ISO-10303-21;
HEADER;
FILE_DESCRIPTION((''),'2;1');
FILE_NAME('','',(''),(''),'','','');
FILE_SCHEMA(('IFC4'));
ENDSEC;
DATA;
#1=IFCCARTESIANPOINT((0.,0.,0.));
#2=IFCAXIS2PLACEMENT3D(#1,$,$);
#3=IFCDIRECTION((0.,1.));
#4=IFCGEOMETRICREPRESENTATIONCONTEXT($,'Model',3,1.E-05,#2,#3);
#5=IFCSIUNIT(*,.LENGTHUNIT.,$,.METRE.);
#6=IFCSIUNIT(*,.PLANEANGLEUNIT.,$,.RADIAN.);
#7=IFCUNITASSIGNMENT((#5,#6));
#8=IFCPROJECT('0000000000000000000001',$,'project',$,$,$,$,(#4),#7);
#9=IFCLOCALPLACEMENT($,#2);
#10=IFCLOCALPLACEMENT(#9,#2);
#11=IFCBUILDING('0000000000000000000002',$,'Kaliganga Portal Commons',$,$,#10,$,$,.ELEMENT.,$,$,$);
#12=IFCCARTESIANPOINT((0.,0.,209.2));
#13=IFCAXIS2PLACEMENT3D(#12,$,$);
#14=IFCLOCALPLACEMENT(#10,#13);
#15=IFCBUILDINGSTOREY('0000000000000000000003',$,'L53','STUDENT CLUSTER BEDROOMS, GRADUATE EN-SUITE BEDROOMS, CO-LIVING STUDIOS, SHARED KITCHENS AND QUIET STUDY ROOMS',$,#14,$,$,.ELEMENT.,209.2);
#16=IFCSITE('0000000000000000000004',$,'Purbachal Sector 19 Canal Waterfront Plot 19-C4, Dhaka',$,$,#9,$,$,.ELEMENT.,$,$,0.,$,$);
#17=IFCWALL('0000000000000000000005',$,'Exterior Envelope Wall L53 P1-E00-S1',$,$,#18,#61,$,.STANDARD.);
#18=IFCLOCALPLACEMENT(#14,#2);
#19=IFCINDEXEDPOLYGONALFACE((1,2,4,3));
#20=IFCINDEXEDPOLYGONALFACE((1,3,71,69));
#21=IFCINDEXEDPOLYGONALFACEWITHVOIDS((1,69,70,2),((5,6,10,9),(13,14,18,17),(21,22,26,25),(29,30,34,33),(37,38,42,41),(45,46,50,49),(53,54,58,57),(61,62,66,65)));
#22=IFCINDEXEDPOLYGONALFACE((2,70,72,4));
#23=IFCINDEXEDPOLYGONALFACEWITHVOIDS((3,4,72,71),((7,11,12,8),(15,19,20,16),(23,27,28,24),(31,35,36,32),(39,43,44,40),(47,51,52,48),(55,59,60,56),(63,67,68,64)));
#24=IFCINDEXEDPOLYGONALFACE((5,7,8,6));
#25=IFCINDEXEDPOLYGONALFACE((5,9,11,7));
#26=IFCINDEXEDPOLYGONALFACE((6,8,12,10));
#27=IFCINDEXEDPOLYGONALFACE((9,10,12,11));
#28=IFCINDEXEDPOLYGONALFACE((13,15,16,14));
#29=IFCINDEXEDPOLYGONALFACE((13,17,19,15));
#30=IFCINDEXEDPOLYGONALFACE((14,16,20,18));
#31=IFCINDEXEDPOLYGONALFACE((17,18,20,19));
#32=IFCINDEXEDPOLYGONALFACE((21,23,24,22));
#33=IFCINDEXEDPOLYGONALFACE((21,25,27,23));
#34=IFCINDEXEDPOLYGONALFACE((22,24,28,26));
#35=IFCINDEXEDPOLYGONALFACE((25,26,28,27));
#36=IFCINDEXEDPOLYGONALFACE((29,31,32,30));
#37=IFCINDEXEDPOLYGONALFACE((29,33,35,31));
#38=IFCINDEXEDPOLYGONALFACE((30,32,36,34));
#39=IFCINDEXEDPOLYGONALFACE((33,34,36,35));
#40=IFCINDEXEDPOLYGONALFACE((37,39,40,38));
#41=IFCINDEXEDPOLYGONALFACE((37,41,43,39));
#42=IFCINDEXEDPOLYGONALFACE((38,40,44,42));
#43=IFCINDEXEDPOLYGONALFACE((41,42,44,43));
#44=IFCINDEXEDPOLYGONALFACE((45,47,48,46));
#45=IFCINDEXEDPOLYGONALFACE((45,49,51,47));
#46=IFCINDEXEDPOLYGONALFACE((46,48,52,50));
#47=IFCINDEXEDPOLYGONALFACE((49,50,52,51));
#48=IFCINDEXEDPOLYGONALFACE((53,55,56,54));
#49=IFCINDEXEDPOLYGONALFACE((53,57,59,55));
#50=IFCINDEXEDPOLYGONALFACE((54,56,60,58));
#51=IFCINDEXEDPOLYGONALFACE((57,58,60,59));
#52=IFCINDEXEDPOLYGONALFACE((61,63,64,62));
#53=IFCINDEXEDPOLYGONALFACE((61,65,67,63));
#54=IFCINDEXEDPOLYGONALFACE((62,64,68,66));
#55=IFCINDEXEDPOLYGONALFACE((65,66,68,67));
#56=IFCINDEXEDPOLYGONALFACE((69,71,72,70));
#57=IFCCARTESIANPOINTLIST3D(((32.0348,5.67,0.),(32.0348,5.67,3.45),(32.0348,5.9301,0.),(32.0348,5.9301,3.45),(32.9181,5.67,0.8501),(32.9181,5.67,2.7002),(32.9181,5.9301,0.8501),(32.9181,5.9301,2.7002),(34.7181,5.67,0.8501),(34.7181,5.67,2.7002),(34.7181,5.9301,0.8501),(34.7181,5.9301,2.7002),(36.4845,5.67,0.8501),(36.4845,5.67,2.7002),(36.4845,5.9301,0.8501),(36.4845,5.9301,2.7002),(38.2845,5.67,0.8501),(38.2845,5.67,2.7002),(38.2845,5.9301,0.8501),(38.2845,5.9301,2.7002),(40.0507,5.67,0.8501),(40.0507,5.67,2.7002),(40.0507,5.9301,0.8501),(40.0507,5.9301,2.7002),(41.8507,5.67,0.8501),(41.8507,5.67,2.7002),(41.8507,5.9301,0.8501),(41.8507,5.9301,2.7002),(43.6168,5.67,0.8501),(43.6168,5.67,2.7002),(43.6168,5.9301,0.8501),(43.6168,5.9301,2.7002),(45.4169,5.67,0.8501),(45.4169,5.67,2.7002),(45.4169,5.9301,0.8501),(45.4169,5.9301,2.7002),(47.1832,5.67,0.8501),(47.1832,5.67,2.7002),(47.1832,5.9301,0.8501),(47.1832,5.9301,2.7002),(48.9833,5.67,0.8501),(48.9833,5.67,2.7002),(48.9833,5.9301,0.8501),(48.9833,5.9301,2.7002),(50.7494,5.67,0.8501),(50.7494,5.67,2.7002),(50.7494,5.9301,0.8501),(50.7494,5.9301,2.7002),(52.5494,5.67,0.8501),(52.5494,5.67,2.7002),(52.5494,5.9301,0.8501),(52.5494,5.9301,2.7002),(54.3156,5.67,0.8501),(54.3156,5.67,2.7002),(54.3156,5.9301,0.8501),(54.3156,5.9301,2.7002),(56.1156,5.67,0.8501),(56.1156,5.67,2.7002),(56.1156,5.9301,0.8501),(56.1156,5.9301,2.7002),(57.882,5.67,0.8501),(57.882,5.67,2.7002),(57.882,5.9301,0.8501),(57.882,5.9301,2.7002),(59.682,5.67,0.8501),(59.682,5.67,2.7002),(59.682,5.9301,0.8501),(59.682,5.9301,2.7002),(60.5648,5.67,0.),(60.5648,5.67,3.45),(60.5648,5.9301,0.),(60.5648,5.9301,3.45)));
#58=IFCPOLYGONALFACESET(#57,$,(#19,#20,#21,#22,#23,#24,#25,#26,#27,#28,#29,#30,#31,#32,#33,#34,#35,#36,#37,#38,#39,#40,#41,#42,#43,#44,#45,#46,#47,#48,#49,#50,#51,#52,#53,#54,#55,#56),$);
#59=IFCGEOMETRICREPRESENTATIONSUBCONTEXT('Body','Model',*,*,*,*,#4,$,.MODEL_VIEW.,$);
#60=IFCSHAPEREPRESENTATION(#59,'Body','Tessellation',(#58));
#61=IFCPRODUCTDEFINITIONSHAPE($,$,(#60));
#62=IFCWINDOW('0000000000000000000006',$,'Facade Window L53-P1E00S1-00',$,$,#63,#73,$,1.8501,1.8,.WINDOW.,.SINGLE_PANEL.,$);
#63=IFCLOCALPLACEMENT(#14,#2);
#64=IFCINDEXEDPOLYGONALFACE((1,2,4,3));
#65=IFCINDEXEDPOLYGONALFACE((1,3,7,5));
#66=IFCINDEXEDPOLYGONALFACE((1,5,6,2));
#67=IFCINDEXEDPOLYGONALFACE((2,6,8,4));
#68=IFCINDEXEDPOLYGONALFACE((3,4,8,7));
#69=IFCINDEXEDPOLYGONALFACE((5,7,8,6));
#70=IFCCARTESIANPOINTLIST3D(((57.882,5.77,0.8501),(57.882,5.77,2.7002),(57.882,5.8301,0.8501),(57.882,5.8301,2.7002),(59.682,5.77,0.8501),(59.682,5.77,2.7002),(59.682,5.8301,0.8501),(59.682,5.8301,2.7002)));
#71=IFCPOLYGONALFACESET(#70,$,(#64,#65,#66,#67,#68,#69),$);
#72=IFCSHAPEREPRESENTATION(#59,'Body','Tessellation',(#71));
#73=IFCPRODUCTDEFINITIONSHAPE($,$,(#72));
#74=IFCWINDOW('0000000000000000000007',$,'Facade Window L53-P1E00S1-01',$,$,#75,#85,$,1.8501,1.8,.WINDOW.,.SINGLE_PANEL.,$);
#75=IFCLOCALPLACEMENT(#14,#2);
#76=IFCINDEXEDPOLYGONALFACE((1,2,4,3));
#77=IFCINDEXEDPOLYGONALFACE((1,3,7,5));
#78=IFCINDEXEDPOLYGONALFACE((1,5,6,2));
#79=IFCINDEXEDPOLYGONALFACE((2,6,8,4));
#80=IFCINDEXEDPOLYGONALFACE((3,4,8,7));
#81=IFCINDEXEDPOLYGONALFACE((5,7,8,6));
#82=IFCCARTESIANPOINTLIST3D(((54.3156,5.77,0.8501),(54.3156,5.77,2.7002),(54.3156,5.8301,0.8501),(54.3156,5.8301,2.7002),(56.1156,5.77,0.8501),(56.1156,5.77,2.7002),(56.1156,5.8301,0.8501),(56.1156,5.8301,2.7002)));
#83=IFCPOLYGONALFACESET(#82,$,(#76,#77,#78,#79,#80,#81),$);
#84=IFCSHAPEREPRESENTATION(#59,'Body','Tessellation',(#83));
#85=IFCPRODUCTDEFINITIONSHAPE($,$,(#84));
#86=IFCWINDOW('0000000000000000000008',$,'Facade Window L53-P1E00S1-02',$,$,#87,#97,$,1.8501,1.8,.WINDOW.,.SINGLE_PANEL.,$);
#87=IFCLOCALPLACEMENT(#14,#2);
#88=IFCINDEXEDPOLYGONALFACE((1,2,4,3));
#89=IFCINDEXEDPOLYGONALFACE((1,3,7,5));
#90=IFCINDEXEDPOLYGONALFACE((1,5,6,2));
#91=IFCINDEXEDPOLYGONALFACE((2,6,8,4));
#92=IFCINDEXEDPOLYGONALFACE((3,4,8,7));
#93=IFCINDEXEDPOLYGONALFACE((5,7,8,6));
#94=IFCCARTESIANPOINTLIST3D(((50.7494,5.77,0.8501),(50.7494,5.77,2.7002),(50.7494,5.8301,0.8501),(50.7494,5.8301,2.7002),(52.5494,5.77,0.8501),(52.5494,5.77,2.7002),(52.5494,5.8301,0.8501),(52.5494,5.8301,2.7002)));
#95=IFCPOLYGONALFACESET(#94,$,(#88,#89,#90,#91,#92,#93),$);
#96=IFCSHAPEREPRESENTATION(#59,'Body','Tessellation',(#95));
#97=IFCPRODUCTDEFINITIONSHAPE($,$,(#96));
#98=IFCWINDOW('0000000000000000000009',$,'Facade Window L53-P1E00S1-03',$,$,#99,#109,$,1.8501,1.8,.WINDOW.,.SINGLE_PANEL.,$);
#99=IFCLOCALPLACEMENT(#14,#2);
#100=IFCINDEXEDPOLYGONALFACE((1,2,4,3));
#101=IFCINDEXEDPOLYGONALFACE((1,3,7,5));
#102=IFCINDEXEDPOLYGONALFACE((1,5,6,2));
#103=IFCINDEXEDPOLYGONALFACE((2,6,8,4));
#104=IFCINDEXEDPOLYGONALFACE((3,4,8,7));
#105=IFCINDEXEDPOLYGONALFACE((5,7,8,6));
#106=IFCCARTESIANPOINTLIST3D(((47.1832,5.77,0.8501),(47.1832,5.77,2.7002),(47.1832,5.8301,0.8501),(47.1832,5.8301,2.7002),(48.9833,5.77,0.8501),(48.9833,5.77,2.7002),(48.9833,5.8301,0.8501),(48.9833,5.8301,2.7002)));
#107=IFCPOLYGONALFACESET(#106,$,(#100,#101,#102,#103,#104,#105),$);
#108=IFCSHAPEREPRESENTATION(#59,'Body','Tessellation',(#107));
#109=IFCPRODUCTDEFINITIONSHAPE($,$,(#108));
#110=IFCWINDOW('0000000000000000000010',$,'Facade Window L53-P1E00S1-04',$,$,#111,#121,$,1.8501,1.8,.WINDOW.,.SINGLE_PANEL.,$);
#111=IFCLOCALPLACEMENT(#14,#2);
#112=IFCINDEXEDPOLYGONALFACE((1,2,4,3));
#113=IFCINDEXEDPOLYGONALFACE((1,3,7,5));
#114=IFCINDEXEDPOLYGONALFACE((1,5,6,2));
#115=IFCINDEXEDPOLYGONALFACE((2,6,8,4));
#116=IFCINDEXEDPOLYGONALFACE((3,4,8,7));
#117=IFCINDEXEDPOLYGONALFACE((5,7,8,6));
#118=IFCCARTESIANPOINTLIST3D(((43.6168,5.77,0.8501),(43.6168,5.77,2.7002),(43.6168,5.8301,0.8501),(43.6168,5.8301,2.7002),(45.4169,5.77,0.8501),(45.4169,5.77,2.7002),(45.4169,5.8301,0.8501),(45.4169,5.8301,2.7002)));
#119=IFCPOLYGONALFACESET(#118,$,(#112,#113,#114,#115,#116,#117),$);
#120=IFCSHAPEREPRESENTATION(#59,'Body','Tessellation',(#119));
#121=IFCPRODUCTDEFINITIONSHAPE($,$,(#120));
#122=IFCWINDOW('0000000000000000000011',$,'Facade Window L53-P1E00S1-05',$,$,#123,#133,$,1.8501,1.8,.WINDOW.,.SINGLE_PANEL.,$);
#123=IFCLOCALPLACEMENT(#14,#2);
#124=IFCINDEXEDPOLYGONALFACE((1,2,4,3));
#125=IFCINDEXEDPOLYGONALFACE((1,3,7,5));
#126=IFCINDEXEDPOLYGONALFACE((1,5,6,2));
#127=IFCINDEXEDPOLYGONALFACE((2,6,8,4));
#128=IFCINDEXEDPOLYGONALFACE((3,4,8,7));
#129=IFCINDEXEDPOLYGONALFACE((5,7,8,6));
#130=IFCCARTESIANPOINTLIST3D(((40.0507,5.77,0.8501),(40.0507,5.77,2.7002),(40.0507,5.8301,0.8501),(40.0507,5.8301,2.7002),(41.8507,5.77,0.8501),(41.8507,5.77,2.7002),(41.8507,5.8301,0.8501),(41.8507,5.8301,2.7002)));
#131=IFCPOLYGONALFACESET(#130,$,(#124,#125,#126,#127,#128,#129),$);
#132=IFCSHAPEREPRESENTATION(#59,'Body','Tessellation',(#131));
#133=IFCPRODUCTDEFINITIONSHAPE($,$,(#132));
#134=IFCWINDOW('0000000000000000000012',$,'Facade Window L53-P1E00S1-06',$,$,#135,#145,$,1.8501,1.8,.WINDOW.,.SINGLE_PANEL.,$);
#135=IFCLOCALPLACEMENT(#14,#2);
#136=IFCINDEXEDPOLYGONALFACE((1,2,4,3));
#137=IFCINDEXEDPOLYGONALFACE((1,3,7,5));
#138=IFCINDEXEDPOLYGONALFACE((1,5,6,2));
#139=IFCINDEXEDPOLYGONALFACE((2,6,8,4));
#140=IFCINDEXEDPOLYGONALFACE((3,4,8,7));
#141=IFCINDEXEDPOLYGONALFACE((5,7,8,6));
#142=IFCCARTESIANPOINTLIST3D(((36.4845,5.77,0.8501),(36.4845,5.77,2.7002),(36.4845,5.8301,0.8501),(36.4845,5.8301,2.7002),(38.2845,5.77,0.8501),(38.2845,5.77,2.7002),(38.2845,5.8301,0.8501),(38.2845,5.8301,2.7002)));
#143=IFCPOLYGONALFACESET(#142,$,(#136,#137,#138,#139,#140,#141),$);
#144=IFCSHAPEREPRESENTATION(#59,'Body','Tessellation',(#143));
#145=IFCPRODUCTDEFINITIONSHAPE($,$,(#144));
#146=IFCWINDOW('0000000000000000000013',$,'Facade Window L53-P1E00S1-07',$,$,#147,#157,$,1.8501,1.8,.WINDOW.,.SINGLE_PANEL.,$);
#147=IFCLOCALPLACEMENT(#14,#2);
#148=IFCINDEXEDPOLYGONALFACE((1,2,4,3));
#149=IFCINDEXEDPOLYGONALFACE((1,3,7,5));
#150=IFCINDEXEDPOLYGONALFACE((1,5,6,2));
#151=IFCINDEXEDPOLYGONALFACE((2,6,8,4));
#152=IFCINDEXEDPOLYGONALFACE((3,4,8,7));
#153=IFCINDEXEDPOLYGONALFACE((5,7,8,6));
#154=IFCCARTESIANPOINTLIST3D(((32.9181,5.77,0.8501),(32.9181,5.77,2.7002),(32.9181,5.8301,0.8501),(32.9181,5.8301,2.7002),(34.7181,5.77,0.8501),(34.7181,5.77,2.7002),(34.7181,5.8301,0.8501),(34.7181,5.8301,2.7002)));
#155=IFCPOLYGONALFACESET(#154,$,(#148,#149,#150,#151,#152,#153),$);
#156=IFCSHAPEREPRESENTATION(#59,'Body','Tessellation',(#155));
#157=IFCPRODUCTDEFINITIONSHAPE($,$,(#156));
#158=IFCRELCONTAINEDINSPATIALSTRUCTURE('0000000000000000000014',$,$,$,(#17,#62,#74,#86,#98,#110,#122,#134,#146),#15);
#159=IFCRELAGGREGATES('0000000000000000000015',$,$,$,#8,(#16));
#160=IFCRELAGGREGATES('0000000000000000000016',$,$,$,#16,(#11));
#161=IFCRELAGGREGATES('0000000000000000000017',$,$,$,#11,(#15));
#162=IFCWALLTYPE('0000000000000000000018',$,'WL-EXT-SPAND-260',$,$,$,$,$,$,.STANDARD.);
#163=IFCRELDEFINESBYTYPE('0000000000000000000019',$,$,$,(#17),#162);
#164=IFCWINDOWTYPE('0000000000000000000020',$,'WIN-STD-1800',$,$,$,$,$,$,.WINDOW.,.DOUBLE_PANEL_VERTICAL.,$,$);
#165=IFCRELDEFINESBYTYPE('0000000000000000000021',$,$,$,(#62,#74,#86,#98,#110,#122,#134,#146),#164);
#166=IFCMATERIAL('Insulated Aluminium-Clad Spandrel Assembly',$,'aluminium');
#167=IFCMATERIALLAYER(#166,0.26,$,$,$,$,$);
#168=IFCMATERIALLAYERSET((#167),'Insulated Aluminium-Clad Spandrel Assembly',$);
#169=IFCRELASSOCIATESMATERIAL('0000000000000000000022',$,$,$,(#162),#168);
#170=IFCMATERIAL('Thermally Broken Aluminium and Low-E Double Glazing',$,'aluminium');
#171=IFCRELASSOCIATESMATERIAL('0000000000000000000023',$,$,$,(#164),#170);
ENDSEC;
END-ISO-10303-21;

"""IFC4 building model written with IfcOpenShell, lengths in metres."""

from ifc_helpers import new_model, si_unit, direction, frame, frame_2d, origin, place, context, subcontext, project, spatial, rectangle, extrude, material, layer, layer_set, type_object, element, fill, save


model = new_model("IFC4")

# Units and contexts
model_context = context("Model", 3, precision=1e-05, world=origin(), true_north=direction((0.0, 1.0)))
body_context = subcontext(model_context, "Body", "Model", "MODEL_VIEW")
ifc_project = project(units=[si_unit("LENGTHUNIT", "METRE"), si_unit("PLANEANGLEUNIT", "RADIAN")], contexts=[model_context])

# Site, building, storey
site_placement = place(None, origin())
site = spatial("IfcSite", under=ifc_project, at=site_placement, Name="Purbachal Sector 19 Canal Waterfront Plot 19-C4, Dhaka", CompositionType="ELEMENT", RefElevation=0.0)
building_placement = place(site_placement, origin())
building = spatial("IfcBuilding", under=site, at=building_placement, Name="Kaliganga Portal Commons", CompositionType="ELEMENT")
storey_placement = place(building_placement, frame((0.0, 0.0, 209.2)))
storey = spatial("IfcBuildingStorey", under=building, at=storey_placement, Name="L53", Description="STUDENT CLUSTER BEDROOMS, GRADUATE EN-SUITE BEDROOMS, CO-LIVING STUDIOS, SHARED KITCHENS AND QUIET STUDY ROOMS", CompositionType="ELEMENT", Elevation=209.2)

# Wall, openings, windows
ifc_material_1 = material(Name="Insulated Aluminium-Clad Spandrel Assembly", Category="aluminium")
ifc_layer_1 = layer(ifc_material_1, 0.26)
ifc_layer_set_1 = layer_set([ifc_layer_1], Name="Insulated Aluminium-Clad Spandrel Assembly")
wall_type_1 = type_object("IfcWallType", Name="WL-EXT-SPAND-260", PredefinedType="STANDARD", material=ifc_layer_set_1)
wall_1_placement = place(storey_placement, frame((60.5649, 5.8, 0.0), z_axis=(0.0, 0.0, 1.0), x_axis=(-1.0, 0.0, 0.0)))
wall_1 = element("IfcWall", 1, at=wall_1_placement, inside=storey, type_object=wall_type_1, Name="Exterior Envelope Wall L53 P1-E00-S1", PredefinedType="STANDARD", context=body_context, shape_type="SweptSolid", body=[
    extrude(rectangle(XDim=28.53, YDim=0.26, at=frame_2d((14.2651, 0.0))), origin(), (0.0, 0.0, 1.0), 3.45),
])
opening_1_placement = place(wall_1_placement, frame((0.8831, 0.0, 0.8501)))
opening_1 = element("IfcOpeningElement", 2, at=opening_1_placement, cuts=wall_1, PredefinedType="OPENING", context=body_context, shape_type="SweptSolid", body=[
    extrude(rectangle(XDim=1.8, YDim=1.8501, at=frame_2d((0.8999, 0.925))), frame((0.0, 0.1401, 0.0), z_axis=(0.0, -1.0, 0.0), x_axis=(1.0, 0.0, 0.0)), (0.0, 0.0, 1.0), 0.28),
])
opening_2_placement = place(wall_1_placement, frame((4.4495, 0.0, 0.8501)))
opening_2 = element("IfcOpeningElement", 3, at=opening_2_placement, cuts=wall_1, PredefinedType="OPENING", context=body_context, shape_type="SweptSolid", body=[
    extrude(rectangle(XDim=1.8, YDim=1.8501, at=frame_2d((0.8999, 0.925))), frame((0.0, 0.1401, 0.0), z_axis=(0.0, -1.0, 0.0), x_axis=(1.0, 0.0, 0.0)), (0.0, 0.0, 1.0), 0.28),
])
opening_3_placement = place(wall_1_placement, frame((8.0156, 0.0, 0.8501)))
opening_3 = element("IfcOpeningElement", 4, at=opening_3_placement, cuts=wall_1, PredefinedType="OPENING", context=body_context, shape_type="SweptSolid", body=[
    extrude(rectangle(XDim=1.8, YDim=1.8501, at=frame_2d((0.8999, 0.925))), frame((0.0, 0.1401, 0.0), z_axis=(0.0, -1.0, 0.0), x_axis=(1.0, 0.0, 0.0)), (0.0, 0.0, 1.0), 0.28),
])
opening_4_placement = place(wall_1_placement, frame((11.5818, 0.0, 0.8501)))
opening_4 = element("IfcOpeningElement", 5, at=opening_4_placement, cuts=wall_1, PredefinedType="OPENING", context=body_context, shape_type="SweptSolid", body=[
    extrude(rectangle(XDim=1.8, YDim=1.8501, at=frame_2d((0.8999, 0.925))), frame((0.0, 0.1401, 0.0), z_axis=(0.0, -1.0, 0.0), x_axis=(1.0, 0.0, 0.0)), (0.0, 0.0, 1.0), 0.28),
])
opening_5_placement = place(wall_1_placement, frame((15.1482, 0.0, 0.8501)))
opening_5 = element("IfcOpeningElement", 6, at=opening_5_placement, cuts=wall_1, PredefinedType="OPENING", context=body_context, shape_type="SweptSolid", body=[
    extrude(rectangle(XDim=1.8, YDim=1.8501, at=frame_2d((0.8999, 0.925))), frame((0.0, 0.1401, 0.0), z_axis=(0.0, -1.0, 0.0), x_axis=(1.0, 0.0, 0.0)), (0.0, 0.0, 1.0), 0.28),
])
opening_6_placement = place(wall_1_placement, frame((18.7144, 0.0, 0.8501)))
opening_6 = element("IfcOpeningElement", 7, at=opening_6_placement, cuts=wall_1, PredefinedType="OPENING", context=body_context, shape_type="SweptSolid", body=[
    extrude(rectangle(XDim=1.8, YDim=1.8501, at=frame_2d((0.8999, 0.925))), frame((0.0, 0.1401, 0.0), z_axis=(0.0, -1.0, 0.0), x_axis=(1.0, 0.0, 0.0)), (0.0, 0.0, 1.0), 0.28),
])
opening_7_placement = place(wall_1_placement, frame((22.2805, 0.0, 0.8501)))
opening_7 = element("IfcOpeningElement", 8, at=opening_7_placement, cuts=wall_1, PredefinedType="OPENING", context=body_context, shape_type="SweptSolid", body=[
    extrude(rectangle(XDim=1.8, YDim=1.8501, at=frame_2d((0.8999, 0.925))), frame((0.0, 0.1401, 0.0), z_axis=(0.0, -1.0, 0.0), x_axis=(1.0, 0.0, 0.0)), (0.0, 0.0, 1.0), 0.28),
])
opening_8_placement = place(wall_1_placement, frame((25.8469, 0.0, 0.8501)))
opening_8 = element("IfcOpeningElement", 9, at=opening_8_placement, cuts=wall_1, PredefinedType="OPENING", context=body_context, shape_type="SweptSolid", body=[
    extrude(rectangle(XDim=1.8, YDim=1.8501, at=frame_2d((0.8999, 0.925))), frame((0.0, 0.1401, 0.0), z_axis=(0.0, -1.0, 0.0), x_axis=(1.0, 0.0, 0.0)), (0.0, 0.0, 1.0), 0.28),
])
ifc_material_2 = material(Name="Thermally Broken Aluminium and Low-E Double Glazing", Category="aluminium")
window_type = type_object("IfcWindowType", Name="WIN-STD-1800", PartitioningType="DOUBLE_PANEL_VERTICAL", PredefinedType="WINDOW", material=ifc_material_2)
window_1_placement = place(opening_1_placement, origin())
window_1 = element("IfcWindow", 10, at=window_1_placement, inside=storey, type_object=window_type, Name="Facade Window L53-P1E00S1-00", OverallHeight=1.8501, OverallWidth=1.8, PartitioningType="SINGLE_PANEL", PredefinedType="WINDOW", context=body_context, shape_type="SweptSolid", body=[
    extrude(rectangle(XDim=1.8, YDim=1.8501, at=frame_2d((0.8999, 0.925))), frame((0.0, 0.03, 0.0), z_axis=(0.0, -1.0, 0.0), x_axis=(1.0, 0.0, 0.0)), (0.0, 0.0, 1.0), 0.0601),
])
fill(opening_1, window_1)
window_2_placement = place(opening_2_placement, origin())
window_2 = element("IfcWindow", 11, at=window_2_placement, inside=storey, type_object=window_type, Name="Facade Window L53-P1E00S1-01", OverallHeight=1.8501, OverallWidth=1.8, PartitioningType="SINGLE_PANEL", PredefinedType="WINDOW", context=body_context, shape_type="SweptSolid", body=[
    extrude(rectangle(XDim=1.8, YDim=1.8501, at=frame_2d((0.8999, 0.925))), frame((0.0, 0.03, 0.0), z_axis=(0.0, -1.0, 0.0), x_axis=(1.0, 0.0, 0.0)), (0.0, 0.0, 1.0), 0.0601),
])
fill(opening_2, window_2)
window_3_placement = place(opening_3_placement, origin())
window_3 = element("IfcWindow", 12, at=window_3_placement, inside=storey, type_object=window_type, Name="Facade Window L53-P1E00S1-02", OverallHeight=1.8501, OverallWidth=1.8, PartitioningType="SINGLE_PANEL", PredefinedType="WINDOW", context=body_context, shape_type="SweptSolid", body=[
    extrude(rectangle(XDim=1.8, YDim=1.8501, at=frame_2d((0.8999, 0.925))), frame((0.0, 0.03, 0.0), z_axis=(0.0, -1.0, 0.0), x_axis=(1.0, 0.0, 0.0)), (0.0, 0.0, 1.0), 0.0601),
])
fill(opening_3, window_3)
window_4_placement = place(opening_4_placement, origin())
window_4 = element("IfcWindow", 13, at=window_4_placement, inside=storey, type_object=window_type, Name="Facade Window L53-P1E00S1-03", OverallHeight=1.8501, OverallWidth=1.8, PartitioningType="SINGLE_PANEL", PredefinedType="WINDOW", context=body_context, shape_type="SweptSolid", body=[
    extrude(rectangle(XDim=1.8, YDim=1.8501, at=frame_2d((0.8999, 0.925))), frame((0.0, 0.03, 0.0), z_axis=(0.0, -1.0, 0.0), x_axis=(1.0, 0.0, 0.0)), (0.0, 0.0, 1.0), 0.0601),
])
fill(opening_4, window_4)
window_5_placement = place(opening_5_placement, origin())
window_5 = element("IfcWindow", 14, at=window_5_placement, inside=storey, type_object=window_type, Name="Facade Window L53-P1E00S1-04", OverallHeight=1.8501, OverallWidth=1.8, PartitioningType="SINGLE_PANEL", PredefinedType="WINDOW", context=body_context, shape_type="SweptSolid", body=[
    extrude(rectangle(XDim=1.8, YDim=1.8501, at=frame_2d((0.8999, 0.925))), frame((0.0, 0.03, 0.0), z_axis=(0.0, -1.0, 0.0), x_axis=(1.0, 0.0, 0.0)), (0.0, 0.0, 1.0), 0.0601),
])
fill(opening_5, window_5)
window_6_placement = place(opening_6_placement, origin())
window_6 = element("IfcWindow", 15, at=window_6_placement, inside=storey, type_object=window_type, Name="Facade Window L53-P1E00S1-05", OverallHeight=1.8501, OverallWidth=1.8, PartitioningType="SINGLE_PANEL", PredefinedType="WINDOW", context=body_context, shape_type="SweptSolid", body=[
    extrude(rectangle(XDim=1.8, YDim=1.8501, at=frame_2d((0.8999, 0.925))), frame((0.0, 0.03, 0.0), z_axis=(0.0, -1.0, 0.0), x_axis=(1.0, 0.0, 0.0)), (0.0, 0.0, 1.0), 0.0601),
])
fill(opening_6, window_6)
window_7_placement = place(opening_7_placement, origin())
window_7 = element("IfcWindow", 16, at=window_7_placement, inside=storey, type_object=window_type, Name="Facade Window L53-P1E00S1-06", OverallHeight=1.8501, OverallWidth=1.8, PartitioningType="SINGLE_PANEL", PredefinedType="WINDOW", context=body_context, shape_type="SweptSolid", body=[
    extrude(rectangle(XDim=1.8, YDim=1.8501, at=frame_2d((0.8999, 0.925))), frame((0.0, 0.03, 0.0), z_axis=(0.0, -1.0, 0.0), x_axis=(1.0, 0.0, 0.0)), (0.0, 0.0, 1.0), 0.0601),
])
fill(opening_7, window_7)
window_8_placement = place(opening_8_placement, origin())
window_8 = element("IfcWindow", 17, at=window_8_placement, inside=storey, type_object=window_type, Name="Facade Window L53-P1E00S1-07", OverallHeight=1.8501, OverallWidth=1.8, PartitioningType="SINGLE_PANEL", PredefinedType="WINDOW", context=body_context, shape_type="SweptSolid", body=[
    extrude(rectangle(XDim=1.8, YDim=1.8501, at=frame_2d((0.8999, 0.925))), frame((0.0, 0.03, 0.0), z_axis=(0.0, -1.0, 0.0), x_axis=(1.0, 0.0, 0.0)), (0.0, 0.0, 1.0), 0.0601),
])
fill(opening_8, window_8)

save(model, "model.ifc")
